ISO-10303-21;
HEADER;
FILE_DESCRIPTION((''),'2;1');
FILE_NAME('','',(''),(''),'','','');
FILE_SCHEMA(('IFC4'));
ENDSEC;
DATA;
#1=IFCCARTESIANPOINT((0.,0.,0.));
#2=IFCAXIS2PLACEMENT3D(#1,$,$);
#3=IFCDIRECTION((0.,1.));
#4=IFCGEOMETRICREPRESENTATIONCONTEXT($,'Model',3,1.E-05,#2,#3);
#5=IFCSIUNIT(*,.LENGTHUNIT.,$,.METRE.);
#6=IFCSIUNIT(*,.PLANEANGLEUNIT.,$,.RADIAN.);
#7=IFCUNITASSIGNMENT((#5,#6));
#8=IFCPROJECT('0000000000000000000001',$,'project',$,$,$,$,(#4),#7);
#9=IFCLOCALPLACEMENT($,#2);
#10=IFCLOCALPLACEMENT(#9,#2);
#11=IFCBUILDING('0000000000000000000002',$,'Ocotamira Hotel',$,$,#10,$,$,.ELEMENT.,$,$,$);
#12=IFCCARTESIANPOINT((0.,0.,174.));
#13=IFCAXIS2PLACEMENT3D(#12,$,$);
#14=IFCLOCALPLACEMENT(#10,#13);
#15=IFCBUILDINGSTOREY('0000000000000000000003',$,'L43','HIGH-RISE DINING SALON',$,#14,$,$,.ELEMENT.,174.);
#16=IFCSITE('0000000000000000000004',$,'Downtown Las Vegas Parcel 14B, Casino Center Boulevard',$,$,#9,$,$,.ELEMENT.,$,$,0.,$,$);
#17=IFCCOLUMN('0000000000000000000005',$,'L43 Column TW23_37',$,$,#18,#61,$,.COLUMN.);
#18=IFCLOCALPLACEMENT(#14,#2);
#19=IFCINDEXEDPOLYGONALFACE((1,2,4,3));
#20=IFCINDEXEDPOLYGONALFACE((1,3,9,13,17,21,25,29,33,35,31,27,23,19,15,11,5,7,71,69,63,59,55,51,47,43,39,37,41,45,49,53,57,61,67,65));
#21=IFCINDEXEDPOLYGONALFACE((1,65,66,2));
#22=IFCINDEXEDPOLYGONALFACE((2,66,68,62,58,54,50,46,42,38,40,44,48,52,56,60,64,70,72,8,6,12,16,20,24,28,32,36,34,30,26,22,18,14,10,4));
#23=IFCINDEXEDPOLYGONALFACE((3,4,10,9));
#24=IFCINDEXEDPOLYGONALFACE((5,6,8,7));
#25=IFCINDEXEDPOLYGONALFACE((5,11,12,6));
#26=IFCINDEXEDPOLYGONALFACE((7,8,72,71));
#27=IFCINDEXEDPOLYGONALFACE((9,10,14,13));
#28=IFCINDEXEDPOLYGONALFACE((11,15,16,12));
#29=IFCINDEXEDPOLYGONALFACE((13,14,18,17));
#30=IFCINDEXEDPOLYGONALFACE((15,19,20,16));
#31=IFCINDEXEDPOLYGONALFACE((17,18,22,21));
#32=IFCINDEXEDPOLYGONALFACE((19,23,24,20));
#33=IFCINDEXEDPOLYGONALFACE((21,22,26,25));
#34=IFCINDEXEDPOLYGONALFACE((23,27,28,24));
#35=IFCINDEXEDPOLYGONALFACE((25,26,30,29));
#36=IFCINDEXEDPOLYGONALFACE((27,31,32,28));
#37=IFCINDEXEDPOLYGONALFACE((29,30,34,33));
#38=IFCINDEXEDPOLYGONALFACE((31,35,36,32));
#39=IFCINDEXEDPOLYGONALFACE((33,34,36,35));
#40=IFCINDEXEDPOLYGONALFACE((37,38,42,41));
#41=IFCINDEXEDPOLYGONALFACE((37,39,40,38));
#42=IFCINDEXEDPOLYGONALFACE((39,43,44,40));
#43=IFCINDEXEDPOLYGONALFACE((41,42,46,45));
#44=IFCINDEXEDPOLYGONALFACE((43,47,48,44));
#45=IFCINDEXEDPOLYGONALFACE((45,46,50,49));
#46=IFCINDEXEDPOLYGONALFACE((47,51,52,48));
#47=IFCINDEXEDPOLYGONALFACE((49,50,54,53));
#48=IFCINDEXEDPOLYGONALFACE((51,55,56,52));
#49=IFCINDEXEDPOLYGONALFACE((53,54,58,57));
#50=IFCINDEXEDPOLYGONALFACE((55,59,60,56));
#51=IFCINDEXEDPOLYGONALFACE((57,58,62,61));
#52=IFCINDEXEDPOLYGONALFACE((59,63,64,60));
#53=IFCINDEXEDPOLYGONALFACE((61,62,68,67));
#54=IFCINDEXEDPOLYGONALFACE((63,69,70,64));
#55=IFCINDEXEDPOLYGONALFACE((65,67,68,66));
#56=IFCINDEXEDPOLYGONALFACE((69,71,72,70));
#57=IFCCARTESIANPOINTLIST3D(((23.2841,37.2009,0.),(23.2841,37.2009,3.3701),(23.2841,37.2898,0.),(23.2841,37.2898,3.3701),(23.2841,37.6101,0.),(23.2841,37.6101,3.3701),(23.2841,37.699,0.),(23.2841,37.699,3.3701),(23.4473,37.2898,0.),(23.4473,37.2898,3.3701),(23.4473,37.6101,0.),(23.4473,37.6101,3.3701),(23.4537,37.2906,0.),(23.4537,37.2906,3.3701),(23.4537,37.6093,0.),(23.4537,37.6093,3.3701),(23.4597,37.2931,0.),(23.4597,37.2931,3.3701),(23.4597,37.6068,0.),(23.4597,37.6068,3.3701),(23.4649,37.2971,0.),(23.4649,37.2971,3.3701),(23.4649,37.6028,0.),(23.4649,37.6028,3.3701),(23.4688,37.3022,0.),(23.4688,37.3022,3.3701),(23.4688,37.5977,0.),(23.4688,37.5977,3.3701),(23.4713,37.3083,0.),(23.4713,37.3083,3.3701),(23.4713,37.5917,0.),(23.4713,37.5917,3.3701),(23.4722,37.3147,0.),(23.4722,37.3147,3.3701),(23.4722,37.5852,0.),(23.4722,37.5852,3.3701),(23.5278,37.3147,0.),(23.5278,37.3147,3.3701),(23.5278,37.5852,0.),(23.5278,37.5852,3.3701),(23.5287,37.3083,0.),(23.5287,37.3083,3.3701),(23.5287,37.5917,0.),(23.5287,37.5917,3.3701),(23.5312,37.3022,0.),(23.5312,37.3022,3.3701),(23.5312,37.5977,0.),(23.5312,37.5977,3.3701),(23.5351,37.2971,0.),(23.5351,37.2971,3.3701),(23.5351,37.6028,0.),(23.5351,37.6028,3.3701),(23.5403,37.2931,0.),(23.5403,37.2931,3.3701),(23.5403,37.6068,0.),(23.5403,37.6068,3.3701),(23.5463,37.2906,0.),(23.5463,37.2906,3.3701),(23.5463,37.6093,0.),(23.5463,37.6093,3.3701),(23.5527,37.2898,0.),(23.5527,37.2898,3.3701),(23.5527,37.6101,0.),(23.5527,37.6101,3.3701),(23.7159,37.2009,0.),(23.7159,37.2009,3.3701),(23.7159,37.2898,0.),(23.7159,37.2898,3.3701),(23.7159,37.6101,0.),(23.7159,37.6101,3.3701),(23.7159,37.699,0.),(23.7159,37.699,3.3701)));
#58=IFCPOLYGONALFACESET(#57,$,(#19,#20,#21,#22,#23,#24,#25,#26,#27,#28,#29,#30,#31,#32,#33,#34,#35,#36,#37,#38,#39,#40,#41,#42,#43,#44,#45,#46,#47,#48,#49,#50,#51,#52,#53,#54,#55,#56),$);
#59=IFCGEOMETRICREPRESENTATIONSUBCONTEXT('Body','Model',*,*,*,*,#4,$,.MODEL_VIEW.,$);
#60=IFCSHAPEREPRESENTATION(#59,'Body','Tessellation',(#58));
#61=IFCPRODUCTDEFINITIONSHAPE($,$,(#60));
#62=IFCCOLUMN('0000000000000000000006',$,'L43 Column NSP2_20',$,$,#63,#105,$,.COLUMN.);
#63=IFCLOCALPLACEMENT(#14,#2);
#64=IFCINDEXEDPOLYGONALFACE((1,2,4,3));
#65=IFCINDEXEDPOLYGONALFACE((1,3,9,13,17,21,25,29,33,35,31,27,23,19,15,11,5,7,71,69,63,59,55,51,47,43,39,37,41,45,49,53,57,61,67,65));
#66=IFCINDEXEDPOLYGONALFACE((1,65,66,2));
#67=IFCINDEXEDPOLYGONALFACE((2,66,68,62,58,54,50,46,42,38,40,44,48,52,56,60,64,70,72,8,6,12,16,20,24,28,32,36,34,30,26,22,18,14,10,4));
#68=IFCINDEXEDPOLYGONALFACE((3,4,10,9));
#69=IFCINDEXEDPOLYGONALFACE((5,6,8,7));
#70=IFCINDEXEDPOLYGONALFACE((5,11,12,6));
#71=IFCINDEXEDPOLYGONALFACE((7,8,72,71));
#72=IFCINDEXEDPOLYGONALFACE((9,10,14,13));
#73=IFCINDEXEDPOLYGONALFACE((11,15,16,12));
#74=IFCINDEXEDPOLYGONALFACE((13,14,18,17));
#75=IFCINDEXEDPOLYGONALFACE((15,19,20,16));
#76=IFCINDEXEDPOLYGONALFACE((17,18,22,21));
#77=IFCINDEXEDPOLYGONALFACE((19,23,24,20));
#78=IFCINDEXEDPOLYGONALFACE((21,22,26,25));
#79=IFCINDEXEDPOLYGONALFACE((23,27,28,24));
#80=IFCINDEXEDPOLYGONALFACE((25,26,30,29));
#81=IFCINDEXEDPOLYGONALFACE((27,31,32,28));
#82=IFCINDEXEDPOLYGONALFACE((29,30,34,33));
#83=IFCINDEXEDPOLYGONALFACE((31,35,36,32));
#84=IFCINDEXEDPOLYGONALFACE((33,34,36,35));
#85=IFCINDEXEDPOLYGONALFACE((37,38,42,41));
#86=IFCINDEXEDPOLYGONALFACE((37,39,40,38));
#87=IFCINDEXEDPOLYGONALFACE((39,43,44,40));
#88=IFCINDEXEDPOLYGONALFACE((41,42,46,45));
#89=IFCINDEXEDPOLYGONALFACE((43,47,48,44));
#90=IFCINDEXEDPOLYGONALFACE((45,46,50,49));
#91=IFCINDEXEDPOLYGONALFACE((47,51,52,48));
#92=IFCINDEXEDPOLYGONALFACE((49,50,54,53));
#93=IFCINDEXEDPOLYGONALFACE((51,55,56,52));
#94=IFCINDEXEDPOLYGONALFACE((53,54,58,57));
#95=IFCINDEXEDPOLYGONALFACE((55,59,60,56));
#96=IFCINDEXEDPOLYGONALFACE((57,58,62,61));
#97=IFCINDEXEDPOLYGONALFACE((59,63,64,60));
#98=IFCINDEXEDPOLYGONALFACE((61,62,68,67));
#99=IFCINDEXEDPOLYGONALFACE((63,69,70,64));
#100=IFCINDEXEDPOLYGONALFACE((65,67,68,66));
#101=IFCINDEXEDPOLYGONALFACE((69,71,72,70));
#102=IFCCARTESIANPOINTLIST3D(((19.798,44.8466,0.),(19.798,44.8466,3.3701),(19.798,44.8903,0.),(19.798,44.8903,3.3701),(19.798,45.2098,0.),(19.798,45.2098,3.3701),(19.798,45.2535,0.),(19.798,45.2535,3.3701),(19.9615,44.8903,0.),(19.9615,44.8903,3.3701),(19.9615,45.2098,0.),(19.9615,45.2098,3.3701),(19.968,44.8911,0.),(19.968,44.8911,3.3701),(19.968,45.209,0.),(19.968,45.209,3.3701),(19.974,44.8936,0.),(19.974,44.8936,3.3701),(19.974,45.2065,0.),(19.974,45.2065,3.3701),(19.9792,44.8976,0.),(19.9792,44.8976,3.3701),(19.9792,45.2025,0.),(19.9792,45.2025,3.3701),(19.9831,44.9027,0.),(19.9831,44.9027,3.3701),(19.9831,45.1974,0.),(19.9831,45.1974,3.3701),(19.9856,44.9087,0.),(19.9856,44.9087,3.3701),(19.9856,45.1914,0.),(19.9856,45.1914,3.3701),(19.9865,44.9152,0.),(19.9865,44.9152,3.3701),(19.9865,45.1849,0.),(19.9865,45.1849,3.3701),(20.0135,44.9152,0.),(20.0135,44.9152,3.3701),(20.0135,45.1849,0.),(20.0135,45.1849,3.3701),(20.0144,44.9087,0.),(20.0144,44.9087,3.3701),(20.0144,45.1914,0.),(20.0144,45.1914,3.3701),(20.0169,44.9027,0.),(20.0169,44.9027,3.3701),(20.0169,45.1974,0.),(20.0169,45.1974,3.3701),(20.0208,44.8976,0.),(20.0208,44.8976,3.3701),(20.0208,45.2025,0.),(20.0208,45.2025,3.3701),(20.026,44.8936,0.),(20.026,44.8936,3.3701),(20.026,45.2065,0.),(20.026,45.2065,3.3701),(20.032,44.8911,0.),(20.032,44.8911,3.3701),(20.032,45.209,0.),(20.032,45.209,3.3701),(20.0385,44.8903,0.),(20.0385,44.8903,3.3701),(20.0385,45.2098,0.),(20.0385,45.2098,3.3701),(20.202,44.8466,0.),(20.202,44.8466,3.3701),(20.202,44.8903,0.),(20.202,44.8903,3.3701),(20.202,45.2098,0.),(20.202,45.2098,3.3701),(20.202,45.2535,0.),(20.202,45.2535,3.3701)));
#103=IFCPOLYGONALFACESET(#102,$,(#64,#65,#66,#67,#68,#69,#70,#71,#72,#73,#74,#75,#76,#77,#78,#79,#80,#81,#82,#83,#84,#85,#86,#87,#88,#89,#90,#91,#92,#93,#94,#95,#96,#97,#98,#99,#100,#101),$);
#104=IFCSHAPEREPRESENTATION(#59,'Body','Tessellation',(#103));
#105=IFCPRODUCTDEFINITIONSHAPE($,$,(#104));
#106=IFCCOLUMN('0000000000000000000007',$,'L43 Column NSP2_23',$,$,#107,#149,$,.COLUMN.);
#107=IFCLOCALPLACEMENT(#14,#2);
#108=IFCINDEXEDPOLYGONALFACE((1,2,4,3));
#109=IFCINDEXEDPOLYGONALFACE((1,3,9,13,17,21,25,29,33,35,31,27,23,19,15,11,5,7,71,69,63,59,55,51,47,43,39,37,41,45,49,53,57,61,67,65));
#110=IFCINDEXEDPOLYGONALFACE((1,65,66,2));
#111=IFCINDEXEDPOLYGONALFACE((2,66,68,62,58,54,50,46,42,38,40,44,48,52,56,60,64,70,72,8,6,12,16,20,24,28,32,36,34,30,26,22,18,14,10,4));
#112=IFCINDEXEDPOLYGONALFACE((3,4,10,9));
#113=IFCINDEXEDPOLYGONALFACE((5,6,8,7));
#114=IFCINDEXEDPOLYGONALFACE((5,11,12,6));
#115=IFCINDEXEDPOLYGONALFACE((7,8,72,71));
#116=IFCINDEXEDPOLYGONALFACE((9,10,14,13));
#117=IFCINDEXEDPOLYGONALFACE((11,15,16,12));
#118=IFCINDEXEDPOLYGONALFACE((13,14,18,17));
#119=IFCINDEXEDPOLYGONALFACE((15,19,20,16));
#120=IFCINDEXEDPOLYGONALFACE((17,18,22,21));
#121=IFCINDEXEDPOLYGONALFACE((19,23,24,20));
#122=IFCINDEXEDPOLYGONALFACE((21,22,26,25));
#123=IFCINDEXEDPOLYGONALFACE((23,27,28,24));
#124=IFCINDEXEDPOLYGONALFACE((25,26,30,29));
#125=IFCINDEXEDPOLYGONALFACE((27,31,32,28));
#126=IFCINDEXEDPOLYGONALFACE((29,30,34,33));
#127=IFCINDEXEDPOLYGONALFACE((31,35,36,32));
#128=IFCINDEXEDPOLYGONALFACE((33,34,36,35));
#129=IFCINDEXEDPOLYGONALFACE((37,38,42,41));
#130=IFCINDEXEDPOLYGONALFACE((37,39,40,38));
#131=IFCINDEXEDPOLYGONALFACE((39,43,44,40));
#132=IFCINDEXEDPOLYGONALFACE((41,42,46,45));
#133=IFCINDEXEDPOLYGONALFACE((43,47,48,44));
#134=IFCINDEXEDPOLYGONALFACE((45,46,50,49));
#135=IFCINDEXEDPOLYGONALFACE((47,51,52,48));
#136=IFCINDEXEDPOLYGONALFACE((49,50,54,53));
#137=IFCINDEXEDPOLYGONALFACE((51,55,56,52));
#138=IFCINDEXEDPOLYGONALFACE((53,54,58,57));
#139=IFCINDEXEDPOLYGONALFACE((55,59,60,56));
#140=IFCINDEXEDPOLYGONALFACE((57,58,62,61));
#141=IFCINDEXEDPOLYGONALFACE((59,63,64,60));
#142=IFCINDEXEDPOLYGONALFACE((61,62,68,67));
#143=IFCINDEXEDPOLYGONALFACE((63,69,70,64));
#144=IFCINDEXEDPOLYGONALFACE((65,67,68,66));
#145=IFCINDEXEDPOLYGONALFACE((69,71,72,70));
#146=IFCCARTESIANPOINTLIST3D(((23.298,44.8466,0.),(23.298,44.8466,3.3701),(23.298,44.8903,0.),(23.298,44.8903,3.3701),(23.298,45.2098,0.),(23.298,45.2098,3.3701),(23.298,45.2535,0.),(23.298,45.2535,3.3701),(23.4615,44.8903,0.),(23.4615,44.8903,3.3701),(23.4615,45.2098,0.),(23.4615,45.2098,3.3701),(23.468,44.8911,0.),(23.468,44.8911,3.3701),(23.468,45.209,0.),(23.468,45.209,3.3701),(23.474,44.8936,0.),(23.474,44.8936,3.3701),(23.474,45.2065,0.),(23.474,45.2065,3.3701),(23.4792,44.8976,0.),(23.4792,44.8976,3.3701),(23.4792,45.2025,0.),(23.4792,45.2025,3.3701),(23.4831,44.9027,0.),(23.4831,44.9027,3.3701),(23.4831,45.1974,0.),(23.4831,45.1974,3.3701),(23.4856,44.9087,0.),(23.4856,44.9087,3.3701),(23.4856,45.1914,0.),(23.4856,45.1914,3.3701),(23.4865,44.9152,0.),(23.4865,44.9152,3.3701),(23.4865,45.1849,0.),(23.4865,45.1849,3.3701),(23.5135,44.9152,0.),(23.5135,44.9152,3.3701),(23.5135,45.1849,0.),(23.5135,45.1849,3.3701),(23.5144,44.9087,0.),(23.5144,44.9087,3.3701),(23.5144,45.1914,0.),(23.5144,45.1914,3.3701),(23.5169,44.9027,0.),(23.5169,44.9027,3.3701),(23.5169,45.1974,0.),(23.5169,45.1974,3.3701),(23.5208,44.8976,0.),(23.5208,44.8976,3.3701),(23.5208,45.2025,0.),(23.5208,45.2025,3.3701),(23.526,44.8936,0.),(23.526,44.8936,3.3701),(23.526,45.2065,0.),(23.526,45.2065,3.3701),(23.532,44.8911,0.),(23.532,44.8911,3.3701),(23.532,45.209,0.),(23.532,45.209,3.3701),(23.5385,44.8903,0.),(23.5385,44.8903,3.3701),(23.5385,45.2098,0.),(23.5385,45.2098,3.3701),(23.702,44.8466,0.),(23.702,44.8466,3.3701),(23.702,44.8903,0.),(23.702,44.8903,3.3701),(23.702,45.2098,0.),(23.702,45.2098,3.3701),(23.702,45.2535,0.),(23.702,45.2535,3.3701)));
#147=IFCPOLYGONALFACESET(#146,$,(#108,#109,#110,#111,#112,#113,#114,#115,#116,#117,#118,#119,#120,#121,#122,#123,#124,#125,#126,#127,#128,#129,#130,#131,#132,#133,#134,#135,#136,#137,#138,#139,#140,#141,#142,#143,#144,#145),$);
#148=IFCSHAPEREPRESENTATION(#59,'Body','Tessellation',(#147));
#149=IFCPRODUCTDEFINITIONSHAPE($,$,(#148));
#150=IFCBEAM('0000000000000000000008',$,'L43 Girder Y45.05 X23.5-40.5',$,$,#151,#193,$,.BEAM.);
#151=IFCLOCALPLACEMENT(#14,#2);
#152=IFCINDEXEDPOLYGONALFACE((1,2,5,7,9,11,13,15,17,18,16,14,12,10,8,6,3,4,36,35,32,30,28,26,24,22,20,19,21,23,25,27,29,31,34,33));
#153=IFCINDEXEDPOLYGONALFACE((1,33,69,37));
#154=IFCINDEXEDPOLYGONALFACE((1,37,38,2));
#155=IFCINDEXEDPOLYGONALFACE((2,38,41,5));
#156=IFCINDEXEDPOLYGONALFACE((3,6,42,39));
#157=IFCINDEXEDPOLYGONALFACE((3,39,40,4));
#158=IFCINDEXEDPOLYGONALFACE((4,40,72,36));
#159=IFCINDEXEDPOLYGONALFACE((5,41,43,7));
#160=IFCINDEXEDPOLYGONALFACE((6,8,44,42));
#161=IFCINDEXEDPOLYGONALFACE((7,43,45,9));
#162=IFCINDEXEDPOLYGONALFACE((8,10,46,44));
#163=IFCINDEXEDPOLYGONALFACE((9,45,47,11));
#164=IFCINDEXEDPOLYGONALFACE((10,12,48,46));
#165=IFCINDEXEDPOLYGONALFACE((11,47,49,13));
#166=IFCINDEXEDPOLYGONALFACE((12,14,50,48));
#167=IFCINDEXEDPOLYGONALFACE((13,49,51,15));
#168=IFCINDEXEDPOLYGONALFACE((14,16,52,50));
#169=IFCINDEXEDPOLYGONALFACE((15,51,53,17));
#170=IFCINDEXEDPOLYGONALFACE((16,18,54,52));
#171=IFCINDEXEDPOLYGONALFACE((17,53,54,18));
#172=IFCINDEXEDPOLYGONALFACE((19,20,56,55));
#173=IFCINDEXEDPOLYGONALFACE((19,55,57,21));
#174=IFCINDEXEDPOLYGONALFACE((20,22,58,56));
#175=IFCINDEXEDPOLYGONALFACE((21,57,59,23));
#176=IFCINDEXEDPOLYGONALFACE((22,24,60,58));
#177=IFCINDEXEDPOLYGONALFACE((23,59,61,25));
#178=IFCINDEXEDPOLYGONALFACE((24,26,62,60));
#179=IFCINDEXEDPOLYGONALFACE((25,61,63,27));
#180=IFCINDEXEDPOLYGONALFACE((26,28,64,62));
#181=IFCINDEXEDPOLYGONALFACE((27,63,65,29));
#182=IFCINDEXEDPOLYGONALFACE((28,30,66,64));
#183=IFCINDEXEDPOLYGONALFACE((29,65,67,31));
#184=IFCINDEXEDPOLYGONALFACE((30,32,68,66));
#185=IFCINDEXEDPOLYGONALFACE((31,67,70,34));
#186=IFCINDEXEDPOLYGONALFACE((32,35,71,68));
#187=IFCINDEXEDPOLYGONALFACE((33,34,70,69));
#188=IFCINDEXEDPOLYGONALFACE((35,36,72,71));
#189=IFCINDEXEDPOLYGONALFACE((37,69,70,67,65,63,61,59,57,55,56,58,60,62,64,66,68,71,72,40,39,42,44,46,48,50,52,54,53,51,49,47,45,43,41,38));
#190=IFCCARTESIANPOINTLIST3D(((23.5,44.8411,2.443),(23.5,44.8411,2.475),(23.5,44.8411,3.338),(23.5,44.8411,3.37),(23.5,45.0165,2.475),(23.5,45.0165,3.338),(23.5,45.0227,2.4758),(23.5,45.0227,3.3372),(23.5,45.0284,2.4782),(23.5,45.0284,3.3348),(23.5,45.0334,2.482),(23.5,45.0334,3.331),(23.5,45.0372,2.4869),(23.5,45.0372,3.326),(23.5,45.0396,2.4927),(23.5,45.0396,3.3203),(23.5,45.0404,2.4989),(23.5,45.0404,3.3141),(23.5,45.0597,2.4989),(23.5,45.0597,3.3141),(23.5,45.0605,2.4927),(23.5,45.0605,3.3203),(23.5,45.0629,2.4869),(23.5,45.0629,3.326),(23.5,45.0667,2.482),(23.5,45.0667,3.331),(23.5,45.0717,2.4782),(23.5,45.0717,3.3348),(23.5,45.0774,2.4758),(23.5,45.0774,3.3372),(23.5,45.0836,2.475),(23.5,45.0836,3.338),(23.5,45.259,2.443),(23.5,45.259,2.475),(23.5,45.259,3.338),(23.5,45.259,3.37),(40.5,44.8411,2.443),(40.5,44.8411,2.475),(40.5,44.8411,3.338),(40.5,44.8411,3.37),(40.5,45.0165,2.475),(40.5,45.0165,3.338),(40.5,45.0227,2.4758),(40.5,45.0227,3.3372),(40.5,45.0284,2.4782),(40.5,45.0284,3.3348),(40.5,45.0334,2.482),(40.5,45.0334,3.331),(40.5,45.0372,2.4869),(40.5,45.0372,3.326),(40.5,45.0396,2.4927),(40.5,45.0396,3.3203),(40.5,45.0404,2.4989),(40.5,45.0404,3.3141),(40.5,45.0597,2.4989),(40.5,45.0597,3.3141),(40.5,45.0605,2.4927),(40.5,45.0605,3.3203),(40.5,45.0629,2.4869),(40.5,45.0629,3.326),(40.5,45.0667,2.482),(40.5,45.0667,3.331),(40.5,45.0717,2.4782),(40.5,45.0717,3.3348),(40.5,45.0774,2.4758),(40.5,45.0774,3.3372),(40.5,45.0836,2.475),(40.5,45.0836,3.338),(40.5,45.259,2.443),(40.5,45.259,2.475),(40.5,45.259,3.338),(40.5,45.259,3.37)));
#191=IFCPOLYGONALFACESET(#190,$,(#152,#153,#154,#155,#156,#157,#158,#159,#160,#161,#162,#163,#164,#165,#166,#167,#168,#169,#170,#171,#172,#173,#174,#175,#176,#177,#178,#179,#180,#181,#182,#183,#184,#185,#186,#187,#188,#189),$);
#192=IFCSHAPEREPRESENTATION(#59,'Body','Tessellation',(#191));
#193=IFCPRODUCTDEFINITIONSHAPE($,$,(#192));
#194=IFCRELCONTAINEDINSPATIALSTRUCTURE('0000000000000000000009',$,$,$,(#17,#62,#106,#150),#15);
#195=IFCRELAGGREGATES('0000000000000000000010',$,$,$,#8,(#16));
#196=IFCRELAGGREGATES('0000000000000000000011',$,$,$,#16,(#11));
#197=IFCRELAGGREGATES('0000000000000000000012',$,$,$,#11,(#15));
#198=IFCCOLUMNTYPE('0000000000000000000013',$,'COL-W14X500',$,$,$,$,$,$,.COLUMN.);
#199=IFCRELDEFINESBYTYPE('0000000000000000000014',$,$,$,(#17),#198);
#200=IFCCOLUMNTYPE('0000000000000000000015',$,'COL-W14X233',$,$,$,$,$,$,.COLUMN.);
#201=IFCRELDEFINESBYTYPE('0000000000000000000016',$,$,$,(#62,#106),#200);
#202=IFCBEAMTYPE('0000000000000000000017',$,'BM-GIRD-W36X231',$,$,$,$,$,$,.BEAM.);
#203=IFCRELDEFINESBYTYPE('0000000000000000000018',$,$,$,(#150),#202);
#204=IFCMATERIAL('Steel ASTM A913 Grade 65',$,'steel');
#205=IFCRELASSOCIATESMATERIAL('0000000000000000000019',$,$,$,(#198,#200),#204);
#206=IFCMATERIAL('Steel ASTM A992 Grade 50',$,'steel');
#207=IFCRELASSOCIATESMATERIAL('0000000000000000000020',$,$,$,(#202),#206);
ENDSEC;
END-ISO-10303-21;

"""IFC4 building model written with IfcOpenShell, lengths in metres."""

from ifc_helpers import new_model, si_unit, direction, frame, origin, origin_2d, place, context, subcontext, project, spatial, i_section, extrude, source, transform, mapped, material, material_profile, profile_set, type_object, element, save


model = new_model("IFC4")

# Units and contexts
model_context = context("Model", 3, precision=1e-05, world=origin(), true_north=direction((0.0, 1.0)))
body_context = subcontext(model_context, "Body", "Model", "MODEL_VIEW")
ifc_project = project(units=[si_unit("LENGTHUNIT", "METRE"), si_unit("PLANEANGLEUNIT", "RADIAN")], contexts=[model_context])

# Site, building, storey
site_placement = place(None, origin())
site = spatial("IfcSite", under=ifc_project, at=site_placement, Name="Downtown Las Vegas Parcel 14B, Casino Center Boulevard", CompositionType="ELEMENT", RefElevation=0.0)
building_placement = place(site_placement, origin())
building = spatial("IfcBuilding", under=site, at=building_placement, Name="Ocotamira Hotel", CompositionType="ELEMENT")
storey_placement = place(building_placement, frame((0.0, 0.0, 174.0)))
storey = spatial("IfcBuildingStorey", under=building, at=storey_placement, Name="L43", Description="HIGH-RISE DINING SALON", CompositionType="ELEMENT", Elevation=174.0)

# Columns
ifc_material_1 = material(Name="Steel ASTM A913 Grade 65", Category="steel")
ifc_material_profile_1 = material_profile(ifc_material_1, i_section(OverallWidth=0.4319, OverallDepth=0.498, WebThickness=0.0557, FlangeThickness=0.0889, FilletRadius=0.0249, at=origin_2d()), Name="W14X500")
ifc_profile_set_1 = profile_set([ifc_material_profile_1], Name="Steel ASTM A913 Grade 65")
column_type_1 = type_object("IfcColumnType", Name="COL-W14X500", PredefinedType="COLUMN", material=ifc_profile_set_1)
shared_shape_1 = source(origin(), body_context, "Body", "SweptSolid", [
    extrude(i_section(OverallWidth=0.4319, OverallDepth=0.498, WebThickness=0.0557, FlangeThickness=0.0889, FilletRadius=0.0249, at=origin_2d()), origin(), (0.0, 0.0, 1.0), 3.3701),
])
column_placement = place(storey_placement, frame((23.5, 37.45, 0.0), z_axis=(0.0, 0.0, 1.0), x_axis=(1.0, 0.0, 0.0)))
element("IfcColumn", 1, at=column_placement, inside=storey, type_object=column_type_1, Name="L43 Column TW23_37", PredefinedType="COLUMN", context=body_context, shape_type="MappedRepresentation", body=[
    mapped(shared_shape_1, transform((0.0, 0.0, 0.0), scale=1.0)),
])
ifc_material_profile_2 = material_profile(ifc_material_1, i_section(OverallWidth=0.4041, OverallDepth=0.407, WebThickness=0.0271, FlangeThickness=0.0437, FilletRadius=0.0249, at=origin_2d()), Name="W14X233")
ifc_profile_set_2 = profile_set([ifc_material_profile_2], Name="Steel ASTM A913 Grade 65")
column_type_2 = type_object("IfcColumnType", Name="COL-W14X233", PredefinedType="COLUMN", material=ifc_profile_set_2)
shared_shape_2 = source(origin(), body_context, "Body", "SweptSolid", [
    extrude(i_section(OverallWidth=0.4041, OverallDepth=0.407, WebThickness=0.0271, FlangeThickness=0.0437, FilletRadius=0.0249, at=origin_2d()), origin(), (0.0, 0.0, 1.0), 3.3701),
])
for number, where, z_axis, x_axis, name in (
    (2, (20.0, 45.05, 0.0), (0.0, 0.0, 1.0), (1.0, 0.0, 0.0), "L43 Column NSP2_20"),
    (3, (23.5, 45.05, 0.0), (0.0, 0.0, 1.0), (1.0, 0.0, 0.0), "L43 Column NSP2_23"),
):
    element("IfcColumn", number, at=place(storey_placement, frame(where, z_axis=z_axis, x_axis=x_axis)), inside=storey, type_object=column_type_2, Name=name, PredefinedType="COLUMN", context=body_context, shape_type="MappedRepresentation", body=[
        mapped(shared_shape_2, transform((0.0, 0.0, 0.0), scale=1.0)),
    ])

# Beam
ifc_material_2 = material(Name="Steel ASTM A992 Grade 50", Category="steel")
ifc_material_profile_3 = material_profile(ifc_material_2, i_section(OverallWidth=0.418, OverallDepth=0.927, WebThickness=0.0193, FlangeThickness=0.032, FilletRadius=0.0239, at=origin_2d()), Name="W36X231")
ifc_profile_set_3 = profile_set([ifc_material_profile_3], Name="Steel ASTM A992 Grade 50")
beam_type_1 = type_object("IfcBeamType", Name="BM-GIRD-W36X231", PredefinedType="BEAM", material=ifc_profile_set_3)
shared_shape_3 = source(origin(), body_context, "Body", "SweptSolid", [
    extrude(i_section(OverallWidth=0.418, OverallDepth=0.927, WebThickness=0.0193, FlangeThickness=0.032, FilletRadius=0.0239, at=origin_2d()), origin(), (0.0, 0.0, 1.0), 17.0),
])
beam_1_placement = place(storey_placement, frame((23.5, 45.05, 2.9065), z_axis=(1.0, 0.0, 0.0), x_axis=(0.0, 1.0, 0.0)))
element("IfcBeam", 4, at=beam_1_placement, inside=storey, type_object=beam_type_1, Name="L43 Girder Y45.05 X23.5-40.5", PredefinedType="BEAM", context=body_context, shape_type="MappedRepresentation", body=[
    mapped(shared_shape_3, transform((0.0, 0.0, 0.0), scale=1.0)),
])

save(model, "model.ifc")
